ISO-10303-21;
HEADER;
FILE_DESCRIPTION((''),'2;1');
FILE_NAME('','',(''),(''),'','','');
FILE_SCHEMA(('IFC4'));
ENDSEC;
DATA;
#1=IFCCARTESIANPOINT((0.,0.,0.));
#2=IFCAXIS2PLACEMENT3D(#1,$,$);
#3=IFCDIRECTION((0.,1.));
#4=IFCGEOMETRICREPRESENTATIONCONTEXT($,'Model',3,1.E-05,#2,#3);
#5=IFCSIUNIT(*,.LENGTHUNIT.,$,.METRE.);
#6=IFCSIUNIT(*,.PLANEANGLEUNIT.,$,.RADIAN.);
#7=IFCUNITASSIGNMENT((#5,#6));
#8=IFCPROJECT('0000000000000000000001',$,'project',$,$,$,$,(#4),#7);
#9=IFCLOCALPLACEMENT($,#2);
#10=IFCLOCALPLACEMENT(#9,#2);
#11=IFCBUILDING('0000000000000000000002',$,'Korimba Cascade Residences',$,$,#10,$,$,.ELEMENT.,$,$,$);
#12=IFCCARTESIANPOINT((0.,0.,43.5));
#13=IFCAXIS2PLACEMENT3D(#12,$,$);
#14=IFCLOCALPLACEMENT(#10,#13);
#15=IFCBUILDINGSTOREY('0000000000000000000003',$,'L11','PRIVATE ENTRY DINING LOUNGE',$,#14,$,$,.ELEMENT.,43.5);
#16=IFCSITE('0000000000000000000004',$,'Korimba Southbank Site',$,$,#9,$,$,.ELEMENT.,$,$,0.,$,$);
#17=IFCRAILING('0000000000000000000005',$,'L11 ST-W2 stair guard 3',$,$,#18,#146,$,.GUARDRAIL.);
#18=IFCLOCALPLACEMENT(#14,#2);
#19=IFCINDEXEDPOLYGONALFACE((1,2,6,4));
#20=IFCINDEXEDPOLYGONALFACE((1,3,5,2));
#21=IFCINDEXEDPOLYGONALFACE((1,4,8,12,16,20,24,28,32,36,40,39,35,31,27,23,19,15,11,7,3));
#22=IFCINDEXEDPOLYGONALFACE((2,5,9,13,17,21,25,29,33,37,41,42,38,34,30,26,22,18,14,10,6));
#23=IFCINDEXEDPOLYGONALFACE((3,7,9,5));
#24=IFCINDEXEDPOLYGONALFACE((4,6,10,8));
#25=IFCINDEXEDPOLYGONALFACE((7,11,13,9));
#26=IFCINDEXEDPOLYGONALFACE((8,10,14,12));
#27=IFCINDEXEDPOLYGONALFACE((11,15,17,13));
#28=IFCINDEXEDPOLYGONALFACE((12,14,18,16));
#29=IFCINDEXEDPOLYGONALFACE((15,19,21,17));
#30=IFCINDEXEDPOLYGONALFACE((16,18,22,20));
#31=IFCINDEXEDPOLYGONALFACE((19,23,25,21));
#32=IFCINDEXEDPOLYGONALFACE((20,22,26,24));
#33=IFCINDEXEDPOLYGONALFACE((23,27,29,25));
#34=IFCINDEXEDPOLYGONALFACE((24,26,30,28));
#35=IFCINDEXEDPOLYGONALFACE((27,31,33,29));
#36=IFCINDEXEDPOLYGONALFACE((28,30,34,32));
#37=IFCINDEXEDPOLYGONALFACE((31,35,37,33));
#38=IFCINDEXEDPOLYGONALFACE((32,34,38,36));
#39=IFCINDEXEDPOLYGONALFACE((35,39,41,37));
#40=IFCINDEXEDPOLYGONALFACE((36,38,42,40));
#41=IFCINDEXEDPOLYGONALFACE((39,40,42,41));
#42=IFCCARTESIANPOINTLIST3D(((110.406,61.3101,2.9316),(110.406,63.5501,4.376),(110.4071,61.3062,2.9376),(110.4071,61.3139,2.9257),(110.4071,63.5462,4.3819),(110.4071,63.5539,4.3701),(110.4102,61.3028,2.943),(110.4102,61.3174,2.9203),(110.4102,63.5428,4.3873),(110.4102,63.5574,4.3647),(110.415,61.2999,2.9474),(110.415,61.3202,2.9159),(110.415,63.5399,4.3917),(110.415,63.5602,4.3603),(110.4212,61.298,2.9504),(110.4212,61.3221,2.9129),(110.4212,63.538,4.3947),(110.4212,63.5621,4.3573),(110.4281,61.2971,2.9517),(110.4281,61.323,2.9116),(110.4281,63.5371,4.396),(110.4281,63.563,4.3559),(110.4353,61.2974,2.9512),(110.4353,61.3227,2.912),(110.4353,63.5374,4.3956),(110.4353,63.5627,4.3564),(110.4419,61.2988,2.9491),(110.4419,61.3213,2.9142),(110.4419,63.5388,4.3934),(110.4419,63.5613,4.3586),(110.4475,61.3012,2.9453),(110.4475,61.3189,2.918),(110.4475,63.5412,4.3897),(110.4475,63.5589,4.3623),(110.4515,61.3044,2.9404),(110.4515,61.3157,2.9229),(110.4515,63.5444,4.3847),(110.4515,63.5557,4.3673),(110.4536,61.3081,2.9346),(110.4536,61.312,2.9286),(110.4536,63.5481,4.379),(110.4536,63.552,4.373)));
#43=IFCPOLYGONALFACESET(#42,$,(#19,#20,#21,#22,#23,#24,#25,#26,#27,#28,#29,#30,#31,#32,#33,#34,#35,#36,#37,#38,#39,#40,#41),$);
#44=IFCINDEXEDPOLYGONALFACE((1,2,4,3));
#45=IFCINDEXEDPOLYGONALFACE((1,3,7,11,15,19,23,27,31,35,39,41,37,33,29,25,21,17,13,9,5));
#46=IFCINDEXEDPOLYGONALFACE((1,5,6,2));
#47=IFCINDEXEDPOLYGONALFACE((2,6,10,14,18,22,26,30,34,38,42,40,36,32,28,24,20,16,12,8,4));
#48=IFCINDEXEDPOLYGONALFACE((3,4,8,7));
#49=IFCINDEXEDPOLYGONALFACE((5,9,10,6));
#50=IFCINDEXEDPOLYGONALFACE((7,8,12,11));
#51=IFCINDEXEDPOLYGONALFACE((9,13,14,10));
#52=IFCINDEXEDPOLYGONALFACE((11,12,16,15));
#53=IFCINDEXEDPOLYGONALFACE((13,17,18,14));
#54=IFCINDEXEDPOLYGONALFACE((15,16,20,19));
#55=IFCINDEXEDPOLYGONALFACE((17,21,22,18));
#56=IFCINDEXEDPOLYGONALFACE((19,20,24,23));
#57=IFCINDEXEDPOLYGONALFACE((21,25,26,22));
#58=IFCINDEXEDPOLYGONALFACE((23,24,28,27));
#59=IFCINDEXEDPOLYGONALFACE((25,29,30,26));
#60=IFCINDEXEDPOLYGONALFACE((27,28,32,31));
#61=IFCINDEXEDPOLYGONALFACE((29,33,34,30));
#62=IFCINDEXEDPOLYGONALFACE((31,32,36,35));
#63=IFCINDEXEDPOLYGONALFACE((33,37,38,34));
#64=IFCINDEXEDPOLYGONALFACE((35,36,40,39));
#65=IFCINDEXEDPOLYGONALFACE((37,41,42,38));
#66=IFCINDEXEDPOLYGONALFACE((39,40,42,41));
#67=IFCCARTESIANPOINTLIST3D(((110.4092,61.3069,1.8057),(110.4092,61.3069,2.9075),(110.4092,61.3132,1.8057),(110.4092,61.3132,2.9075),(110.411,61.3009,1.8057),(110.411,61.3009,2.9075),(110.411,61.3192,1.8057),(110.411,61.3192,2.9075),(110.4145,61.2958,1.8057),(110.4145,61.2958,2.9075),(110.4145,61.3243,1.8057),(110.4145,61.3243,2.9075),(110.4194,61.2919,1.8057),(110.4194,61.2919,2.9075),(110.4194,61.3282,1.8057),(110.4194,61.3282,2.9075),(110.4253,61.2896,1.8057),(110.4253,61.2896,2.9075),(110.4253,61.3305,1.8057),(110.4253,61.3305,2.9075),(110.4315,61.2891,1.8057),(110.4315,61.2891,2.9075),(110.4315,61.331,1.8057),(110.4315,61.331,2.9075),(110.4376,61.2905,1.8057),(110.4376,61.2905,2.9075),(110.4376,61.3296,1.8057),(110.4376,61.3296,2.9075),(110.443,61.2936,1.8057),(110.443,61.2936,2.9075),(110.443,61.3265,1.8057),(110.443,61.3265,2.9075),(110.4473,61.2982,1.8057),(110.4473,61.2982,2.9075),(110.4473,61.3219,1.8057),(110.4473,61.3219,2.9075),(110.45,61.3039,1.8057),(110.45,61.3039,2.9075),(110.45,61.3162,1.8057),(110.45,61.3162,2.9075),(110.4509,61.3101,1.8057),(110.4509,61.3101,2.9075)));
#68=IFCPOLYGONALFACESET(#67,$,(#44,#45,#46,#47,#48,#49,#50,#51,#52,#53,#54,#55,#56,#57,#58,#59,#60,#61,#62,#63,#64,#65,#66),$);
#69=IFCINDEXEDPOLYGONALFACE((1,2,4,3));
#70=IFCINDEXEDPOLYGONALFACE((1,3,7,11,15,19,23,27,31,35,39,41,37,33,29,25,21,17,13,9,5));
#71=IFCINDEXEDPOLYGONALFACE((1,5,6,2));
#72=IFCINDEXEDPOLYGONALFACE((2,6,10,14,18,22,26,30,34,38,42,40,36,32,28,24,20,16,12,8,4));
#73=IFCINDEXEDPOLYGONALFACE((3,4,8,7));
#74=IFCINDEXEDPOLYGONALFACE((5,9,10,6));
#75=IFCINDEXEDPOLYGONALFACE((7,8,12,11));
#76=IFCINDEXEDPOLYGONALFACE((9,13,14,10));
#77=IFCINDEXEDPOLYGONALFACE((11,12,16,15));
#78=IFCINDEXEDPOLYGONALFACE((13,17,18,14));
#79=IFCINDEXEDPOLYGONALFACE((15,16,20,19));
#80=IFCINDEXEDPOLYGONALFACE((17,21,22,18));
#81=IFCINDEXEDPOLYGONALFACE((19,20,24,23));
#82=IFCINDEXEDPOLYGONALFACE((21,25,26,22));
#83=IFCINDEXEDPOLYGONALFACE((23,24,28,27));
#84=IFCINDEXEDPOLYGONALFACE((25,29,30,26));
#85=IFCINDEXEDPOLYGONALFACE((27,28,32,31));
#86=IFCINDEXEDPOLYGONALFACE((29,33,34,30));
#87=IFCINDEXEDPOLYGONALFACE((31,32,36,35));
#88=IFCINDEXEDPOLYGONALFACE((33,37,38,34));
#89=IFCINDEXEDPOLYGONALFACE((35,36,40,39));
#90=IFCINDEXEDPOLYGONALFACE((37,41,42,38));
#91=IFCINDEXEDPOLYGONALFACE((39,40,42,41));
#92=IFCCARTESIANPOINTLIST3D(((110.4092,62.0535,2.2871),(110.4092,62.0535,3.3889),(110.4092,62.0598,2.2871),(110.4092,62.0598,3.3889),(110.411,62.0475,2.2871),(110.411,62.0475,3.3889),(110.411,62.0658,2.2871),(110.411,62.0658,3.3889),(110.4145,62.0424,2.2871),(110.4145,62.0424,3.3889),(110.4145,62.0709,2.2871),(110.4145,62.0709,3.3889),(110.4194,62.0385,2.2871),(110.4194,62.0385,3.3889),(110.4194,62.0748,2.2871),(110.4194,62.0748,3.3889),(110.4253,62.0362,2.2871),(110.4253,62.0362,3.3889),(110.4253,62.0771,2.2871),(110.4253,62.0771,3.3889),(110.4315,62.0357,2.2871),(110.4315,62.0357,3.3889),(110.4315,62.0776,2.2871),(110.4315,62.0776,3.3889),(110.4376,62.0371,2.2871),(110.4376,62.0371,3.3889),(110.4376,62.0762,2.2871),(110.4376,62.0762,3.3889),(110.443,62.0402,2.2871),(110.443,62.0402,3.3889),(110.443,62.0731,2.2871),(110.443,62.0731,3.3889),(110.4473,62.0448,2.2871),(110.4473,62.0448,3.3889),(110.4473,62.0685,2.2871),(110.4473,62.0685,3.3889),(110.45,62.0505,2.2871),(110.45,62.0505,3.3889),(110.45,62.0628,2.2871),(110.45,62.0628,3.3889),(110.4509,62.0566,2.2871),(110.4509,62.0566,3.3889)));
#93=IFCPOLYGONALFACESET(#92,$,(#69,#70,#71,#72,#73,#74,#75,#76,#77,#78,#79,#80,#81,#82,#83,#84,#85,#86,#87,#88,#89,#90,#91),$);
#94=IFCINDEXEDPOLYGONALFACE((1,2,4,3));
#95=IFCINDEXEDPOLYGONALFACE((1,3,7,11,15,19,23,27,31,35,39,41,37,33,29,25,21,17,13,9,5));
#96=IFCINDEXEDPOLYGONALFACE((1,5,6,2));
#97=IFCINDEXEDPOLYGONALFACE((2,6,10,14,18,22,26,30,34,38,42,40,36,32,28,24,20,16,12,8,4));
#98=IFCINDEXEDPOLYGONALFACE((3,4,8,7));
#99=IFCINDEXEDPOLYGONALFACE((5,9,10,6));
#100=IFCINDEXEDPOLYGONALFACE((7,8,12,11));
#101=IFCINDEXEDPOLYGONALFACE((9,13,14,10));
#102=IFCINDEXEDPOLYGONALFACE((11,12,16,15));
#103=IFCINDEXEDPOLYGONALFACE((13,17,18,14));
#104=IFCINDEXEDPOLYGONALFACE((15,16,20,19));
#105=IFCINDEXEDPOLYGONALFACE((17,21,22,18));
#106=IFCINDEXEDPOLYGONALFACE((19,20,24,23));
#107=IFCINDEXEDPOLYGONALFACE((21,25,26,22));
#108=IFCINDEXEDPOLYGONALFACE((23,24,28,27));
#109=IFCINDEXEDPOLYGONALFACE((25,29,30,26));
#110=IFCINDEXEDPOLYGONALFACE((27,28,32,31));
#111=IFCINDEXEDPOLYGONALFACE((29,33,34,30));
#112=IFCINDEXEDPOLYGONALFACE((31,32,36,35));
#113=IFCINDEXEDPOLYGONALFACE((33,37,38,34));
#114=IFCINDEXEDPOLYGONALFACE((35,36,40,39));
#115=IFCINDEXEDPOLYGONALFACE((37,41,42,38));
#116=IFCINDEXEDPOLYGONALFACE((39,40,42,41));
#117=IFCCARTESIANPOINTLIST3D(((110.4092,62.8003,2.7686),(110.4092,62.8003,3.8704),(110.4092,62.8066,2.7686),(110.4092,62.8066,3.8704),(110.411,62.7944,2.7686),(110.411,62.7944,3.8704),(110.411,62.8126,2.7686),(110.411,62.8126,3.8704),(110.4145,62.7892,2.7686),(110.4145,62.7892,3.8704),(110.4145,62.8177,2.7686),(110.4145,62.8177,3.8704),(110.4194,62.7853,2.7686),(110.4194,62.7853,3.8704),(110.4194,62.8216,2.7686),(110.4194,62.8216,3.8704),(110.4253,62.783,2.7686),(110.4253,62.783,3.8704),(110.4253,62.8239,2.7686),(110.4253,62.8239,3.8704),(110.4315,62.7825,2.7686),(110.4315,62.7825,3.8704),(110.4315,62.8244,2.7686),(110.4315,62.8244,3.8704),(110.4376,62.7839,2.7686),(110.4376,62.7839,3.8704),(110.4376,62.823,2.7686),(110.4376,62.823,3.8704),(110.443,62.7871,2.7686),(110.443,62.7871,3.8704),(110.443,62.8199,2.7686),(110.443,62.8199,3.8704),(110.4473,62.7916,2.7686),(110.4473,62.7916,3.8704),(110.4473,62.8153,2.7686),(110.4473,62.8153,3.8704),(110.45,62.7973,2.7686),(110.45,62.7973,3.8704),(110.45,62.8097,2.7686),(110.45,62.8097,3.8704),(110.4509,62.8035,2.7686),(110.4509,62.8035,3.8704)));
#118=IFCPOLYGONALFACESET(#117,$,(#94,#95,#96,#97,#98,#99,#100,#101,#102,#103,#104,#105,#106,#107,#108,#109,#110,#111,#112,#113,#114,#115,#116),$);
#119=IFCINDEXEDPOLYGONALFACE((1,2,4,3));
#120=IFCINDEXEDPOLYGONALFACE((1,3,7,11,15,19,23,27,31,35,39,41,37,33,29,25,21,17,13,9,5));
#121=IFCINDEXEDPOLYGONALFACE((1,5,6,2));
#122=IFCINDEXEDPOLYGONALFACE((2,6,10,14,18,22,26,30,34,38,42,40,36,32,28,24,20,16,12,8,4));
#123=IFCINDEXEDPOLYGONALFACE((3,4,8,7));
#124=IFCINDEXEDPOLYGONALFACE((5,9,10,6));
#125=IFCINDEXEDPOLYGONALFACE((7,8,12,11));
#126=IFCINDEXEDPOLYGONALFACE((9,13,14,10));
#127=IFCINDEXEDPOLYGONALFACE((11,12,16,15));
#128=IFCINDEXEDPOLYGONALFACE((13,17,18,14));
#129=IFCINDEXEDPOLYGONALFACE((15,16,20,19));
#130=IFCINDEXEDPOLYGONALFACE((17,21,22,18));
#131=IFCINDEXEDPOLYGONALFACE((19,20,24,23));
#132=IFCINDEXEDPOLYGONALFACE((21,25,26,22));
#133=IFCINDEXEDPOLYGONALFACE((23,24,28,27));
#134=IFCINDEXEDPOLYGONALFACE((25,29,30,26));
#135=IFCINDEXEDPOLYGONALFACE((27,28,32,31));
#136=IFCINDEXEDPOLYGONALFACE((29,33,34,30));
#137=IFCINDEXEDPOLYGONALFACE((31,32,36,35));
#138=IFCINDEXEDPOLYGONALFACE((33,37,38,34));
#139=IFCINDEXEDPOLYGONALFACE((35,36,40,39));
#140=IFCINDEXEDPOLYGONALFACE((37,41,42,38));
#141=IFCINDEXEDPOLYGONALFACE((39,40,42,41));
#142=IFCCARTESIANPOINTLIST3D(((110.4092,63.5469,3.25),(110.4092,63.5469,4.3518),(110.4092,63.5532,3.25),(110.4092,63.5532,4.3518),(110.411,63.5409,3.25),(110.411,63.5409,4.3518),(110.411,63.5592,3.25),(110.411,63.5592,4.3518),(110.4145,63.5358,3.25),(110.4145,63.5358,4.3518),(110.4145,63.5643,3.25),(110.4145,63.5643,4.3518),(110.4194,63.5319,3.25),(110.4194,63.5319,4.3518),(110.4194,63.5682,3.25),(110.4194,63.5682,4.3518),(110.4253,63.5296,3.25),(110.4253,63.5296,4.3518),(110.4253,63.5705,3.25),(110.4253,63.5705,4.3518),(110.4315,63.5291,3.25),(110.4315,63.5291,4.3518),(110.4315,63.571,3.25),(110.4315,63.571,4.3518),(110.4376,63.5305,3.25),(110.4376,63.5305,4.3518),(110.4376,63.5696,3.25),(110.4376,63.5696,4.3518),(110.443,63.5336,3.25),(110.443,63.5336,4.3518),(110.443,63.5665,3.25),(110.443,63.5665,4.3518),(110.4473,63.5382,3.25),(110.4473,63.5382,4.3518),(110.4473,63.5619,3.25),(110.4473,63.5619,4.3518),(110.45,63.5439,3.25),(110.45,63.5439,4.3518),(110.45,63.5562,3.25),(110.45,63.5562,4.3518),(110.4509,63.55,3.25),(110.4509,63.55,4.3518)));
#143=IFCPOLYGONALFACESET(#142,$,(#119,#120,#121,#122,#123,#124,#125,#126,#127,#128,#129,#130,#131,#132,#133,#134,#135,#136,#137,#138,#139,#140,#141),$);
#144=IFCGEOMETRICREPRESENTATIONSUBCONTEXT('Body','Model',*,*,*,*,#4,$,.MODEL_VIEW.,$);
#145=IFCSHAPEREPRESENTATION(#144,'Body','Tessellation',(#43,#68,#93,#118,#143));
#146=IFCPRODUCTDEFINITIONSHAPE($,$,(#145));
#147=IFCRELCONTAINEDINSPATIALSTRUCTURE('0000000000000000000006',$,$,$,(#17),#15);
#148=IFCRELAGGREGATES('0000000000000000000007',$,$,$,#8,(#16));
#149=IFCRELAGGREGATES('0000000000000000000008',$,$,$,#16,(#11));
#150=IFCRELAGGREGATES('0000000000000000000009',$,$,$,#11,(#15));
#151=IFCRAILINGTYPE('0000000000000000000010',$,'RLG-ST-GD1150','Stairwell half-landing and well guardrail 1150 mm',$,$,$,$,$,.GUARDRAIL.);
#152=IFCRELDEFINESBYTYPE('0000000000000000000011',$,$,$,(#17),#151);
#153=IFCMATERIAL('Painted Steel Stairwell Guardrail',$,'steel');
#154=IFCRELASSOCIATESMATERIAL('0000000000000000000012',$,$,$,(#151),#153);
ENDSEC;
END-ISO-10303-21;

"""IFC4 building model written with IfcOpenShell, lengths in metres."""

from ifc_helpers import new_model, si_unit, direction, frame, origin, origin_2d, place, context, subcontext, project, spatial, circle, extrude, material, type_object, element, save


model = new_model("IFC4")

# Units and contexts
model_context = context("Model", 3, precision=1e-05, world=origin(), true_north=direction((0.0, 1.0)))
body_context = subcontext(model_context, "Body", "Model", "MODEL_VIEW")
ifc_project = project(units=[si_unit("LENGTHUNIT", "METRE"), si_unit("PLANEANGLEUNIT", "RADIAN")], contexts=[model_context])

# Site, building, storey
site_placement = place(None, origin())
site = spatial("IfcSite", under=ifc_project, at=site_placement, Name="Korimba Southbank Site", CompositionType="ELEMENT", RefElevation=0.0)
building_placement = place(site_placement, origin())
building = spatial("IfcBuilding", under=site, at=building_placement, Name="Korimba Cascade Residences", CompositionType="ELEMENT")
storey_placement = place(building_placement, frame((0.0, 0.0, 43.5)))
storey = spatial("IfcBuildingStorey", under=building, at=storey_placement, Name="L11", Description="PRIVATE ENTRY DINING LOUNGE", CompositionType="ELEMENT", Elevation=43.5)

# Railing
ifc_material_1 = material(Name="Painted Steel Stairwell Guardrail", Category="steel")
railing_type_1 = type_object("IfcRailingType", Name="RLG-ST-GD1150", Description="Stairwell half-landing and well guardrail 1150 mm", PredefinedType="GUARDRAIL", material=ifc_material_1)
railing_1_placement = place(storey_placement, frame((110.4299, 61.3101, 1.8057)))
element("IfcRailing", 1, at=railing_1_placement, inside=storey, type_object=railing_type_1, Name="L11 ST-W2 stair guard 3", PredefinedType="GUARDRAIL", context=body_context, shape_type="SweptSolid", body=[
    extrude(circle(Radius=0.0239, at=origin_2d()), frame((0.0, 0.0, 1.126), z_axis=(0.0, 0.840437, 0.54191), x_axis=(-1.0, 0.0, 0.0)), (0.0, 0.0, 1.0), 2.6653),
    extrude(circle(Radius=0.021, at=origin_2d()), origin(), (0.0, 0.0, 1.0), 1.1018),
    extrude(circle(Radius=0.021, at=origin_2d()), frame((0.0, 0.7466, 0.4814)), (0.0, 0.0, 1.0), 1.1018),
    extrude(circle(Radius=0.021, at=origin_2d()), frame((0.0, 1.4934, 0.9629)), (0.0, 0.0, 1.0), 1.1018),
    extrude(circle(Radius=0.021, at=origin_2d()), frame((0.0, 2.24, 1.4443)), (0.0, 0.0, 1.0), 1.1018),
])

save(model, "model.ifc")
